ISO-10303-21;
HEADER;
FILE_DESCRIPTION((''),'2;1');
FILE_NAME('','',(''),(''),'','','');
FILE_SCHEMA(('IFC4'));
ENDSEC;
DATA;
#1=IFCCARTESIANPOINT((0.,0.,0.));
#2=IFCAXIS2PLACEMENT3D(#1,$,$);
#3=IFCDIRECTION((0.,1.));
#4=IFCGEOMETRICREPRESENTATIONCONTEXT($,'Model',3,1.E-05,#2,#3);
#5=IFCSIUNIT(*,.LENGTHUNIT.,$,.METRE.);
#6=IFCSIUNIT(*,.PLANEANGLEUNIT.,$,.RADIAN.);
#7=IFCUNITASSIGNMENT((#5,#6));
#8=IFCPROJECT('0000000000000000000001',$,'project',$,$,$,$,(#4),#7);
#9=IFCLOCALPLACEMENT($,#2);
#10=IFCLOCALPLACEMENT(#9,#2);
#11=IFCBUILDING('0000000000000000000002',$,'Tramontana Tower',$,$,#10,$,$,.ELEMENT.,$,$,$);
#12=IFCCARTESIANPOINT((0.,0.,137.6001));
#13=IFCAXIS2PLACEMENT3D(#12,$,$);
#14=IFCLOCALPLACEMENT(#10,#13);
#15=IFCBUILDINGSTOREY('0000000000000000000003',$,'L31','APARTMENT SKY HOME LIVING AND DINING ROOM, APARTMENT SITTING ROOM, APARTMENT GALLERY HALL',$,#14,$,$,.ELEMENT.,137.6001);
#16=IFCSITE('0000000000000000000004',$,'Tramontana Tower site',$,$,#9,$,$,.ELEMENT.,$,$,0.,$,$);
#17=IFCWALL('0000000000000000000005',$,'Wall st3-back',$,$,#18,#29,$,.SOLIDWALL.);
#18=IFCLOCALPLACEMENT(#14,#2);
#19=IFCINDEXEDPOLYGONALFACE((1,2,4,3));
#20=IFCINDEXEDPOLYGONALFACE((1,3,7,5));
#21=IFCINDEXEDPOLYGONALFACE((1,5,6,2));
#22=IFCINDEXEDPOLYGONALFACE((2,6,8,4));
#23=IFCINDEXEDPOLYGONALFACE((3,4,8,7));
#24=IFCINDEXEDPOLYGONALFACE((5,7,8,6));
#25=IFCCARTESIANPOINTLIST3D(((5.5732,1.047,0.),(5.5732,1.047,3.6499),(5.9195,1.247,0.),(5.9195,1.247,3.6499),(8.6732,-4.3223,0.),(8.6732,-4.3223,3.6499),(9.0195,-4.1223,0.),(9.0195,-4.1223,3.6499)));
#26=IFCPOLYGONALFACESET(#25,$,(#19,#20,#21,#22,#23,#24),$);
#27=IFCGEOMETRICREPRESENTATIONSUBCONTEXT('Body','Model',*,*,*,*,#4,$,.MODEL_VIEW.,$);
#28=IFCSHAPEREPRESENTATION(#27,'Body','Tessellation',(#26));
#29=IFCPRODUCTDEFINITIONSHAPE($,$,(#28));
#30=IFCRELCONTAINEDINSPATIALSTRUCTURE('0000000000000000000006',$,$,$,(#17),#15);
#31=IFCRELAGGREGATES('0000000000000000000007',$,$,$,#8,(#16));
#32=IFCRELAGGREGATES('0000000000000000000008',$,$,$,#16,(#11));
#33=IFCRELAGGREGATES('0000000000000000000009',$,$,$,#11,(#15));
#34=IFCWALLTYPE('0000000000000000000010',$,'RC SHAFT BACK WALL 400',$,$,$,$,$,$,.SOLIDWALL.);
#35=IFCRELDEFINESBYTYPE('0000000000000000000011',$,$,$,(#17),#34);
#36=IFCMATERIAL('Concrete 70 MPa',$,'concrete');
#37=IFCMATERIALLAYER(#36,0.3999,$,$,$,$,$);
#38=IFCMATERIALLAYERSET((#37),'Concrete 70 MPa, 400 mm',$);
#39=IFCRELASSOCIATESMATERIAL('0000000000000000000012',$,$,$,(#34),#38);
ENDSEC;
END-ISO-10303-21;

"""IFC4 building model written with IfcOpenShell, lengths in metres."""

from ifc_helpers import new_model, si_unit, direction, frame, frame_2d, origin, place, context, subcontext, project, spatial, rectangle, extrude, material, layer, layer_set, type_object, element, save


model = new_model("IFC4")

# Units and contexts
model_context = context("Model", 3, precision=1e-05, world=origin(), true_north=direction((0.0, 1.0)))
body_context = subcontext(model_context, "Body", "Model", "MODEL_VIEW")
ifc_project = project(units=[si_unit("LENGTHUNIT", "METRE"), si_unit("PLANEANGLEUNIT", "RADIAN")], contexts=[model_context])

# Site, building, storey
site_placement = place(None, origin())
site = spatial("IfcSite", under=ifc_project, at=site_placement, Name="Tramontana Tower site", CompositionType="ELEMENT", RefElevation=0.0)
building_placement = place(site_placement, origin())
building = spatial("IfcBuilding", under=site, at=building_placement, Name="Tramontana Tower", CompositionType="ELEMENT")
storey_placement = place(building_placement, frame((0.0, 0.0, 137.6001)))
storey = spatial("IfcBuildingStorey", under=building, at=storey_placement, Name="L31", Description="APARTMENT SKY HOME LIVING AND DINING ROOM, APARTMENT SITTING ROOM, APARTMENT GALLERY HALL", CompositionType="ELEMENT", Elevation=137.6001)

# Wall
ifc_material_1 = material(Name="Concrete 70 MPa", Category="concrete")
ifc_layer_1 = layer(ifc_material_1, 0.3999)
ifc_layer_set_1 = layer_set([ifc_layer_1], Name="Concrete 70 MPa, 400 mm")
wall_type_1 = type_object("IfcWallType", Name="RC SHAFT BACK WALL 400", PredefinedType="SOLIDWALL", material=ifc_layer_set_1)
wall_1_placement = place(storey_placement, frame((8.8464, -4.2224, 0.0), z_axis=(0.0, 0.0, 1.0), x_axis=(-0.50001, 0.86602, 0.0)))
element("IfcWall", 1, at=wall_1_placement, inside=storey, type_object=wall_type_1, Name="Wall st3-back", PredefinedType="SOLIDWALL", context=body_context, shape_type="SweptSolid", body=[
    extrude(rectangle(XDim=6.2, YDim=0.3999, at=frame_2d((3.1001, 0.0))), origin(), (0.0, 0.0, 1.0), 3.6499),
])

save(model, "model.ifc")
